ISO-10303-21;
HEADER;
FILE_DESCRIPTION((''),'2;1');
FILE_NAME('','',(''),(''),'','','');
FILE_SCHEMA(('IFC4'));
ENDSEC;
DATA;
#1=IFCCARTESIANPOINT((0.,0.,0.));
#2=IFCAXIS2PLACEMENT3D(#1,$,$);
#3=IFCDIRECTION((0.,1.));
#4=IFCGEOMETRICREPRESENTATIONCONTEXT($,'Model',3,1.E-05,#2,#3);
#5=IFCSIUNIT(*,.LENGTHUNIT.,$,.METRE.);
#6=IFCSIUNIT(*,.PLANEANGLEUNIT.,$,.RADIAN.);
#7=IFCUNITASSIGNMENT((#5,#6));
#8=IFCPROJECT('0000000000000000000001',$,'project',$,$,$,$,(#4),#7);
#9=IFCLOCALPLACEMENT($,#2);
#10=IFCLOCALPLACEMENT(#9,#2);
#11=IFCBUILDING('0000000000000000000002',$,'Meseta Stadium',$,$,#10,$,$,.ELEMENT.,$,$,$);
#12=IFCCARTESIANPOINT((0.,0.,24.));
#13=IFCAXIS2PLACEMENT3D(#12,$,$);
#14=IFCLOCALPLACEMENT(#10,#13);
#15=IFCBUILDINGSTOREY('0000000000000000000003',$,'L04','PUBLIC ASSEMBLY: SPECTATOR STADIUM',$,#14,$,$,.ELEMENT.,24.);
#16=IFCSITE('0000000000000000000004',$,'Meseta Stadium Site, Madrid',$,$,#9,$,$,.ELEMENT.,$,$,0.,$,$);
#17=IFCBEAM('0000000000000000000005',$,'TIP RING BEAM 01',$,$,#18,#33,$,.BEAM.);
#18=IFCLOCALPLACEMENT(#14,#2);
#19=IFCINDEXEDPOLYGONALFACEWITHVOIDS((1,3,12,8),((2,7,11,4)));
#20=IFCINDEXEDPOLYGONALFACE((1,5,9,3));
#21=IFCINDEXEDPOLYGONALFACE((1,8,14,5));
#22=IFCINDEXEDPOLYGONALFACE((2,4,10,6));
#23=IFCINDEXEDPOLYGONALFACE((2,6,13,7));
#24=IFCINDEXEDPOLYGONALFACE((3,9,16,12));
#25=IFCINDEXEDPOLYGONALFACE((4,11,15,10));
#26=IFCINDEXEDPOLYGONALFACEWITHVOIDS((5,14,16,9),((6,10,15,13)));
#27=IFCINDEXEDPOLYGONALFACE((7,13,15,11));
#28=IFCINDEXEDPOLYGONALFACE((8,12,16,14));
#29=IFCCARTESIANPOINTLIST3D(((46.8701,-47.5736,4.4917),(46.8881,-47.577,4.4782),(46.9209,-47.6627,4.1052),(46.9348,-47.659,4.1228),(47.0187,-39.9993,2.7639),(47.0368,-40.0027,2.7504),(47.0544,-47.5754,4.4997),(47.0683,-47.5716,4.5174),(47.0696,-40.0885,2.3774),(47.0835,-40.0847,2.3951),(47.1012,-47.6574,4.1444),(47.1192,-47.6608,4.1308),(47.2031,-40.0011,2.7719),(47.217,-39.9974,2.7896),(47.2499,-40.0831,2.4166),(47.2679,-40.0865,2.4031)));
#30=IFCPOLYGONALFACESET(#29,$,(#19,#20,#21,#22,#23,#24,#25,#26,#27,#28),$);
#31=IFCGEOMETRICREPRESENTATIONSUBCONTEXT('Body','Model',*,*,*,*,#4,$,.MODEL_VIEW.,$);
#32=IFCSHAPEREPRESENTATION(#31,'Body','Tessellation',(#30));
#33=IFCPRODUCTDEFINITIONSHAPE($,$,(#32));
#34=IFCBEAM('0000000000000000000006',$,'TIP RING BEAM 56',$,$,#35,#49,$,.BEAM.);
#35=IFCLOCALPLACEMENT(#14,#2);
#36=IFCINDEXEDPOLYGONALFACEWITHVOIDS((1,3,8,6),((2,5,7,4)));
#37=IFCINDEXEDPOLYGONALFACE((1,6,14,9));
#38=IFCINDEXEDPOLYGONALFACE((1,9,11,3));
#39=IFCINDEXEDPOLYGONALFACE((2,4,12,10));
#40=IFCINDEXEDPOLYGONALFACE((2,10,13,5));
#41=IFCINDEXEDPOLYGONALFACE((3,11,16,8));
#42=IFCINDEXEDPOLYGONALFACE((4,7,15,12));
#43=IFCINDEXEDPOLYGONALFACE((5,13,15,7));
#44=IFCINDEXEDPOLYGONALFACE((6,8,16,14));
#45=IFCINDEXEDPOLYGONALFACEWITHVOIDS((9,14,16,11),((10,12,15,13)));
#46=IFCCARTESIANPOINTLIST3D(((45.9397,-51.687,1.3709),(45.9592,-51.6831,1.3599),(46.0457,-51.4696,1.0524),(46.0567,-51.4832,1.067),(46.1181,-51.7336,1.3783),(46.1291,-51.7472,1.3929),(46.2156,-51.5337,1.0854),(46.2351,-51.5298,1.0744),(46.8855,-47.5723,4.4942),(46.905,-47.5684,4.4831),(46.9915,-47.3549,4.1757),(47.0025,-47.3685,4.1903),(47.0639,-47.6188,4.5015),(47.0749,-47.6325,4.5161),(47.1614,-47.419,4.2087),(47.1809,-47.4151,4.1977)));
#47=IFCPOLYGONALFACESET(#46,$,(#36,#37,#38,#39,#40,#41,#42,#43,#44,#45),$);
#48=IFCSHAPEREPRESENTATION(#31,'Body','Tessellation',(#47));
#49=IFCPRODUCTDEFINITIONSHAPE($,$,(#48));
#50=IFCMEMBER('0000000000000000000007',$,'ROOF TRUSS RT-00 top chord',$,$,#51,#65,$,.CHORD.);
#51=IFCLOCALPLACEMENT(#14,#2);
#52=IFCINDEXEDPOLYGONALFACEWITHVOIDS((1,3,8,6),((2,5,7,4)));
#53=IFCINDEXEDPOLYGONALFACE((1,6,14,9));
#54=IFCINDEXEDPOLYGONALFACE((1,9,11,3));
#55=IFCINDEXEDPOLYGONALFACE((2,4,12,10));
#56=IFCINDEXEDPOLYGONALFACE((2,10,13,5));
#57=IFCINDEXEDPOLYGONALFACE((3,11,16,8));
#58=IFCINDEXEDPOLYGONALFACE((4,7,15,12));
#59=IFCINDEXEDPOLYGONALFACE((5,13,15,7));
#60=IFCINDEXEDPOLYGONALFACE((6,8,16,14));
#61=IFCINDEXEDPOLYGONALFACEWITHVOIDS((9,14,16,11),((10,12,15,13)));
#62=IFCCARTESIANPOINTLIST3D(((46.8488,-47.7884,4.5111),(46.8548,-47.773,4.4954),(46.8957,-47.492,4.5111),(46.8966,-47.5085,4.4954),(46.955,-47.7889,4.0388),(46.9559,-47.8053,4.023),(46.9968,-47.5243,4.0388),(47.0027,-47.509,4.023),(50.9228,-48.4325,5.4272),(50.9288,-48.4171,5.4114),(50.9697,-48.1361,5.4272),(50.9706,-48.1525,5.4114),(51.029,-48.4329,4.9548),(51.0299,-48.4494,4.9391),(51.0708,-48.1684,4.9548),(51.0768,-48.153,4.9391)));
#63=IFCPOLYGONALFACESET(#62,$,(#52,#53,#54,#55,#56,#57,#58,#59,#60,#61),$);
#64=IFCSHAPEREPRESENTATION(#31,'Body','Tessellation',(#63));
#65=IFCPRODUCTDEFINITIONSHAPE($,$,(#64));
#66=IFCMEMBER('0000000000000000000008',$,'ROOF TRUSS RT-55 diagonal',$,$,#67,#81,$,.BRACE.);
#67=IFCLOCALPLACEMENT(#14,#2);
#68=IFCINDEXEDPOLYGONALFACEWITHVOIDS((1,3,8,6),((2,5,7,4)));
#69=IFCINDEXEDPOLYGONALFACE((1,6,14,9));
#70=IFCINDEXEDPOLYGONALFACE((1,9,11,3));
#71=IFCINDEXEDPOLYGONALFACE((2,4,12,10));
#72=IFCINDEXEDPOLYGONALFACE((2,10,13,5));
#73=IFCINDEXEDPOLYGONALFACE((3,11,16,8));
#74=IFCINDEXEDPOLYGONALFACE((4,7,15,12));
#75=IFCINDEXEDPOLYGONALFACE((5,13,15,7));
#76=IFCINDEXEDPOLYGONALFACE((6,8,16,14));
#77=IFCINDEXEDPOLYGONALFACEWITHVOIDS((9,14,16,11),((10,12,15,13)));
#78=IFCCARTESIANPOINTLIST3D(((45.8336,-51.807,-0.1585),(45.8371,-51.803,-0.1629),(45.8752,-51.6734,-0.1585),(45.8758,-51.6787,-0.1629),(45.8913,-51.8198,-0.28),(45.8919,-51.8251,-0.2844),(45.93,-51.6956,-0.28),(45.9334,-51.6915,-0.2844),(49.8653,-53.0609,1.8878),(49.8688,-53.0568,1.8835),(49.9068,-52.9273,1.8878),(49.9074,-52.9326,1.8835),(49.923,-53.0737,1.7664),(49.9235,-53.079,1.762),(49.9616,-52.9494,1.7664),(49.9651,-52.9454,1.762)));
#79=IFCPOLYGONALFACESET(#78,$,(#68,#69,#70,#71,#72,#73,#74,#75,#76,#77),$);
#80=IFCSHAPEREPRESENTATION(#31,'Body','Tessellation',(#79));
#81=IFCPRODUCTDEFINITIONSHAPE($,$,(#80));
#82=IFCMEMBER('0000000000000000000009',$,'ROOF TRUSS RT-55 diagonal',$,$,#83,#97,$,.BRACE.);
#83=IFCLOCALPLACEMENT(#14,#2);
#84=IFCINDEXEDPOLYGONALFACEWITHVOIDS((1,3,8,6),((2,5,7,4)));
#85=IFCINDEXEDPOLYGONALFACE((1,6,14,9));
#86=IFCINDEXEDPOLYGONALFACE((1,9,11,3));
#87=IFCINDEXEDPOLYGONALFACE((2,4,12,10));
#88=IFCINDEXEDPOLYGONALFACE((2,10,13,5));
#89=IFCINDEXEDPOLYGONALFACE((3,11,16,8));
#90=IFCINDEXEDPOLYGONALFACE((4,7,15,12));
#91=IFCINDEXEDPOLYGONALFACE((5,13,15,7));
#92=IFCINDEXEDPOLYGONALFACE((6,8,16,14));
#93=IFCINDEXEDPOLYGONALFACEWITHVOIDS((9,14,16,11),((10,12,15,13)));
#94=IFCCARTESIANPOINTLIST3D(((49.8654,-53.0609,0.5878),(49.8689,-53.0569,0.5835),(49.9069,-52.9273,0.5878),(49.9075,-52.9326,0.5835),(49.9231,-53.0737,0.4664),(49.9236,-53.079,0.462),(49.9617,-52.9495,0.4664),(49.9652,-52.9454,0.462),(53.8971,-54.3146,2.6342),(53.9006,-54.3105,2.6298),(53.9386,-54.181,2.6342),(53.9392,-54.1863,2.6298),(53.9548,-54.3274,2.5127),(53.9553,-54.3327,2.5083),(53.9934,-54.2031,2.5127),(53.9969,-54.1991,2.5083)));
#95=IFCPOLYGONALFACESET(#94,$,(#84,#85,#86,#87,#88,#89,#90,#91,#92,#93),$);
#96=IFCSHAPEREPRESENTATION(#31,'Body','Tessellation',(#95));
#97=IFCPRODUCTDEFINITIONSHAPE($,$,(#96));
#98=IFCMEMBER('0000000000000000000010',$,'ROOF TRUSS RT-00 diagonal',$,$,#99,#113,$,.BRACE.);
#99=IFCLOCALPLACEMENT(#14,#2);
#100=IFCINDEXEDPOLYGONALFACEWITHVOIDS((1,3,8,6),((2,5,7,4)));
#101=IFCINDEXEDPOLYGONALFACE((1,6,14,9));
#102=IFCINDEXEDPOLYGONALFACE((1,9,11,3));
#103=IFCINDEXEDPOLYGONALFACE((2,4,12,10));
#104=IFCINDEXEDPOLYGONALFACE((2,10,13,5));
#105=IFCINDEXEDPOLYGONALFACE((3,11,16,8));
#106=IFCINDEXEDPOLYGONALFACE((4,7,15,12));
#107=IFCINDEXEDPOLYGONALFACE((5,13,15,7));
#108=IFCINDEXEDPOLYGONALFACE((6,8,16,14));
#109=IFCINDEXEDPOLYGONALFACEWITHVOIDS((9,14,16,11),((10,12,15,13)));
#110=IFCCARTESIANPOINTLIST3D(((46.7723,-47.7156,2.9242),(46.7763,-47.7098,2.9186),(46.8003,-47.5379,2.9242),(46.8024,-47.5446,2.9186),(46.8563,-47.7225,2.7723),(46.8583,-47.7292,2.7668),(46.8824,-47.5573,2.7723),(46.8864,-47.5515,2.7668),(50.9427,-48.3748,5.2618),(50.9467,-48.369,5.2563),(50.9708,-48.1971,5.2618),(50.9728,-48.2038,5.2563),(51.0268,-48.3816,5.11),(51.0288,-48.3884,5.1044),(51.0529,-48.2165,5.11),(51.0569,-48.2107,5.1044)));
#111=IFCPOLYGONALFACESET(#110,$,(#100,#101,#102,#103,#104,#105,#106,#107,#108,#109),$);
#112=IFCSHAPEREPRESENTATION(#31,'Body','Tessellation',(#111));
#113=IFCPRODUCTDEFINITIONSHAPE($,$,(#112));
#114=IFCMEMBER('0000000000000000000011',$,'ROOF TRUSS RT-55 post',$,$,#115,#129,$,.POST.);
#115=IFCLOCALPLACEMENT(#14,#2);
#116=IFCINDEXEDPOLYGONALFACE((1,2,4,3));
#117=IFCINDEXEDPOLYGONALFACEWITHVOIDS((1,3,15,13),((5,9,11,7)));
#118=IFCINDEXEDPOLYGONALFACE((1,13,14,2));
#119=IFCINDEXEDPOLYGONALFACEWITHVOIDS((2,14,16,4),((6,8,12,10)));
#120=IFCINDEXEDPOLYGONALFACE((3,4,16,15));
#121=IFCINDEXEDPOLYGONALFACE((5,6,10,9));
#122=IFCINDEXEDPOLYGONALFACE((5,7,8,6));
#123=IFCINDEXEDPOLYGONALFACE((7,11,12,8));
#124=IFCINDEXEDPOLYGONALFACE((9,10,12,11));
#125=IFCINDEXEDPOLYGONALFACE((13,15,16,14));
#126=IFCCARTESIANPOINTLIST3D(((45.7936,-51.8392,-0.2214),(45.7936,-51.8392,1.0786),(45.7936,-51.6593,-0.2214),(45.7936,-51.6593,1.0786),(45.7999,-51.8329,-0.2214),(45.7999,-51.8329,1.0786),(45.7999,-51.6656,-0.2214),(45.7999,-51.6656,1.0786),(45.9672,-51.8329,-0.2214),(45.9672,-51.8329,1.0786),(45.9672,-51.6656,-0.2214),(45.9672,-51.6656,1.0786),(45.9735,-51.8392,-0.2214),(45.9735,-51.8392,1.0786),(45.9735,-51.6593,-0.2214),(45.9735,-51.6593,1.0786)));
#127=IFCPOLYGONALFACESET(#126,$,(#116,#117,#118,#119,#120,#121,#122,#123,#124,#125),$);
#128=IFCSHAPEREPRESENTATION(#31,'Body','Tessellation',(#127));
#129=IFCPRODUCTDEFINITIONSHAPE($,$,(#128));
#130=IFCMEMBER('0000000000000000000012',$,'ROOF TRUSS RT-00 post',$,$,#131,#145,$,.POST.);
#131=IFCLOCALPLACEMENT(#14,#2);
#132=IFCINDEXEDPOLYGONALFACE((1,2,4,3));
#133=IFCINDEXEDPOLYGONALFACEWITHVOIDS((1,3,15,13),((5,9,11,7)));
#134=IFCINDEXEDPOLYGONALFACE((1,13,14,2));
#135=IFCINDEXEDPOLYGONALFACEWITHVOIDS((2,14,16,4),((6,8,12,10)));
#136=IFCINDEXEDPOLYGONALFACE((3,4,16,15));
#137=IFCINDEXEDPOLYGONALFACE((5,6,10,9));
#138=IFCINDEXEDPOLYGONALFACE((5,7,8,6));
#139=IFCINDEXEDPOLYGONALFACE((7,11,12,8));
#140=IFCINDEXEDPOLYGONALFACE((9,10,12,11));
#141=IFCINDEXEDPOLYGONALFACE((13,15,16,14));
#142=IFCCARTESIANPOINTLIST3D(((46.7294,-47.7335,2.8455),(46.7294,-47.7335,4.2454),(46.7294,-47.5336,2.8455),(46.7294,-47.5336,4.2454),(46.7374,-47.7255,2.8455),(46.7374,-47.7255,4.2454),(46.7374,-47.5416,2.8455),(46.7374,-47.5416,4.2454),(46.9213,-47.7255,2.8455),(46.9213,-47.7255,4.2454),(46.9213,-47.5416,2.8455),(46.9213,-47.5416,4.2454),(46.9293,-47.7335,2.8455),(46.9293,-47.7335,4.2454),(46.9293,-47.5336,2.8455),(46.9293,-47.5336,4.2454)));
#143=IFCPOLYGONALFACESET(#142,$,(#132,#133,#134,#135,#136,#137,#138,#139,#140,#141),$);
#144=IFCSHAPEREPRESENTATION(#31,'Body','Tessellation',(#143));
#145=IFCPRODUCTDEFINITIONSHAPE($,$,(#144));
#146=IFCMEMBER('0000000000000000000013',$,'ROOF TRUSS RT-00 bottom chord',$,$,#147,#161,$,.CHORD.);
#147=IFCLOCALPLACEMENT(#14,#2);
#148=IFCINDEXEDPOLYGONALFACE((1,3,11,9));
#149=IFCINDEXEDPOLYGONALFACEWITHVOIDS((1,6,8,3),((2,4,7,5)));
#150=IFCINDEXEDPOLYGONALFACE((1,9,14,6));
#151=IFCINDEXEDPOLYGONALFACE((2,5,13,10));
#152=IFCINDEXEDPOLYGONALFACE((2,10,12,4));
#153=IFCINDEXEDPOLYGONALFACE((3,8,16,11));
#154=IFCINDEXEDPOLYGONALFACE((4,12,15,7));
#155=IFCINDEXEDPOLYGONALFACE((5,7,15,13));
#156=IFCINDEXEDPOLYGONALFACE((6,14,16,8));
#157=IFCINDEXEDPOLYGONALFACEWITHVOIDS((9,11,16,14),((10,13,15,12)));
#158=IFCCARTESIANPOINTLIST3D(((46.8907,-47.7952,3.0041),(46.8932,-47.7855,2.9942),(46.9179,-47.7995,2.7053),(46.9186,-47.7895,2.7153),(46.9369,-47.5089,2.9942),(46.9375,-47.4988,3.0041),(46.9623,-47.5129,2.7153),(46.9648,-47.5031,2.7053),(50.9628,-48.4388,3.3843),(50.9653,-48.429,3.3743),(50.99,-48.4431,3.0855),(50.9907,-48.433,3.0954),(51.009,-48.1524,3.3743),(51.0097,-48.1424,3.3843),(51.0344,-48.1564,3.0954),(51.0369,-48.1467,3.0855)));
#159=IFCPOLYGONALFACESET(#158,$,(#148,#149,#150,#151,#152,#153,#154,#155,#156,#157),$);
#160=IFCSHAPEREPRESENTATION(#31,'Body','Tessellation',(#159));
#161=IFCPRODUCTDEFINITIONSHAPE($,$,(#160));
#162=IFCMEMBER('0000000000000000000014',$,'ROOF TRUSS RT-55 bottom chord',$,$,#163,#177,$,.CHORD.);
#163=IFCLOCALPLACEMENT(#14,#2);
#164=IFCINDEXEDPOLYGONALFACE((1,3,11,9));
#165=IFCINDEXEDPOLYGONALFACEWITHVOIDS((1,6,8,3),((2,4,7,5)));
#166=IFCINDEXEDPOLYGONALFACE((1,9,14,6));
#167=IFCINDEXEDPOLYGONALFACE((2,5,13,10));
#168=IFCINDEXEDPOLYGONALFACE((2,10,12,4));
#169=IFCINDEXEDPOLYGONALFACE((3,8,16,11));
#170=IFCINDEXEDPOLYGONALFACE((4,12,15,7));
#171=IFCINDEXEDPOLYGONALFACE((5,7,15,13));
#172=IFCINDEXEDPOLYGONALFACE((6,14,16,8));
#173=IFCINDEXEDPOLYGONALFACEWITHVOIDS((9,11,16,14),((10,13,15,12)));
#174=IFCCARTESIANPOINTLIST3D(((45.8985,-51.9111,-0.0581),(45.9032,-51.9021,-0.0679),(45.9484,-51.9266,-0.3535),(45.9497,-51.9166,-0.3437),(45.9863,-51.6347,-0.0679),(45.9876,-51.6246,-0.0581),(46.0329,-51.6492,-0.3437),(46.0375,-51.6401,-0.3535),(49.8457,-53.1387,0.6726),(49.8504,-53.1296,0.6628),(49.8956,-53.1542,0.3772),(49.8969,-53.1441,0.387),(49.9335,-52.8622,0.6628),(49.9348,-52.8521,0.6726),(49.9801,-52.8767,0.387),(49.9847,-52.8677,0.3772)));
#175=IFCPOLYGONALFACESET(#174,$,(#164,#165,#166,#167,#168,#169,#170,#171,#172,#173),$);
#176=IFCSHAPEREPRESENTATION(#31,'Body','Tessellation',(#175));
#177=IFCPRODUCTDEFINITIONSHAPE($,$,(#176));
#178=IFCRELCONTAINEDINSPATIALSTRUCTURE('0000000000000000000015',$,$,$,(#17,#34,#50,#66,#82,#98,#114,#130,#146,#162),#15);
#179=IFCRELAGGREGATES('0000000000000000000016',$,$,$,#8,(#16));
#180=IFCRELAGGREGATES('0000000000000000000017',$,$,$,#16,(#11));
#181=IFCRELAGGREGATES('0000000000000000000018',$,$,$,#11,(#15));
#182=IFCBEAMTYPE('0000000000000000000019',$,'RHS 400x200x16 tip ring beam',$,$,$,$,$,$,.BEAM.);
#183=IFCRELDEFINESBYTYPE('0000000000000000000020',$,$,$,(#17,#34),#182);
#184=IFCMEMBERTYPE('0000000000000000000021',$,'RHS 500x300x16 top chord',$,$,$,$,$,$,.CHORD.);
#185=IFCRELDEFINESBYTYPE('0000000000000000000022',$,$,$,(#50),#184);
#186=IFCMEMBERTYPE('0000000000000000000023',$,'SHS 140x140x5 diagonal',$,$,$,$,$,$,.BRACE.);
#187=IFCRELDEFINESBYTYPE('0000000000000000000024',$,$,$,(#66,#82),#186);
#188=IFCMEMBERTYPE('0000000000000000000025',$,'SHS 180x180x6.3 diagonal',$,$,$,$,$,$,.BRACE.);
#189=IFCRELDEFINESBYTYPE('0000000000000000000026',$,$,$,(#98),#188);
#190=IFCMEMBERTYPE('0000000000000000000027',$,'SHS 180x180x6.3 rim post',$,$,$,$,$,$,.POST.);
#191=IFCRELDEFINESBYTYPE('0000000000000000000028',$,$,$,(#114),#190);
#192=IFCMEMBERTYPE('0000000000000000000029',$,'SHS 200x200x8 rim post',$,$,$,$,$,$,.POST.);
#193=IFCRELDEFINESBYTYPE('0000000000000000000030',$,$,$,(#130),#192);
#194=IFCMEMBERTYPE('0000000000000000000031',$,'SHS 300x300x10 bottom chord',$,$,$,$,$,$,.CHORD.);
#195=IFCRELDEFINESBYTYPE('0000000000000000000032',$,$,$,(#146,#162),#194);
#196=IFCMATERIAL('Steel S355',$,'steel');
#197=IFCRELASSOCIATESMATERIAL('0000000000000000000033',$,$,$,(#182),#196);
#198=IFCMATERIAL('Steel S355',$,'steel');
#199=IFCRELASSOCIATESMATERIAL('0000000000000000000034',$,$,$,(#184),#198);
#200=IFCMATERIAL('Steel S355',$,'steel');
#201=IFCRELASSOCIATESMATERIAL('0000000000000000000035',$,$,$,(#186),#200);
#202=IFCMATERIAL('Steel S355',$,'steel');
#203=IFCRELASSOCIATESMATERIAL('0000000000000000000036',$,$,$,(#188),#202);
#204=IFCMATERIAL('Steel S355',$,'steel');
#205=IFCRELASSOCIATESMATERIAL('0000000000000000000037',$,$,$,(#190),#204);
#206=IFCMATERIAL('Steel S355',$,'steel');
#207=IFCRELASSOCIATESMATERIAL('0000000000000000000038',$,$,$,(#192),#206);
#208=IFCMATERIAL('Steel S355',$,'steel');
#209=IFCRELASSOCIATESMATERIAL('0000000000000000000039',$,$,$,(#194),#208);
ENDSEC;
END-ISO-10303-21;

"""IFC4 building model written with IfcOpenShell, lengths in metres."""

from ifc_helpers import new_model, si_unit, direction, frame, origin, origin_2d, place, context, subcontext, project, spatial, hollow_rectangle, extrude, material, material_profile, profile_set, type_object, element, save


model = new_model("IFC4")

# Units and contexts
model_context = context("Model", 3, precision=1e-05, world=origin(), true_north=direction((0.0, 1.0)))
body_context = subcontext(model_context, "Body", "Model", "MODEL_VIEW")
ifc_project = project(units=[si_unit("LENGTHUNIT", "METRE"), si_unit("PLANEANGLEUNIT", "RADIAN")], contexts=[model_context])

# Site, building, storey
site_placement = place(None, origin())
site = spatial("IfcSite", under=ifc_project, at=site_placement, Name="Meseta Stadium Site, Madrid", CompositionType="ELEMENT", RefElevation=0.0)
building_placement = place(site_placement, origin())
building = spatial("IfcBuilding", under=site, at=building_placement, Name="Meseta Stadium", CompositionType="ELEMENT")
storey_placement = place(building_placement, frame((0.0, 0.0, 24.0)))
storey = spatial("IfcBuildingStorey", under=building, at=storey_placement, Name="L04", Description="PUBLIC ASSEMBLY: SPECTATOR STADIUM", CompositionType="ELEMENT", Elevation=24.0)

# Beams
ifc_material_1 = material(Name="Steel S355", Category="steel")
ifc_material_profile_1 = material_profile(ifc_material_1, hollow_rectangle(XDim=0.2, YDim=0.3999, WallThickness=0.0161, at=origin_2d()), Name="RHS 400x200x16")
ifc_profile_set_1 = profile_set([ifc_material_profile_1], Name="Steel S355")
beam_type = type_object("IfcBeamType", Name="RHS 400x200x16 tip ring beam", PredefinedType="BEAM", material=ifc_profile_set_1)
beam_1_placement = place(storey_placement, frame((46.9946, -47.6172, 4.3113), z_axis=(0.019135, 0.974777, -0.22236), x_axis=(-0.991697, -0.009782, -0.128222)))
element("IfcBeam", 1, at=beam_1_placement, inside=storey, type_object=beam_type, Name="TIP RING BEAM 01", PredefinedType="BEAM", context=body_context, shape_type="SweptSolid", body=[
    extrude(hollow_rectangle(XDim=0.2, YDim=0.3999, WallThickness=0.0161, at=origin_2d()), origin(), (0.0, 0.0, 1.0), 7.7703),
])
beam_2_placement = place(storey_placement, frame((46.0874, -51.6084, 1.2227), z_axis=(0.180093, 0.783504, 0.594717), x_axis=(-0.94729, 0.30101, -0.109702)))
element("IfcBeam", 2, at=beam_2_placement, inside=storey, type_object=beam_type, Name="TIP RING BEAM 56", PredefinedType="BEAM", context=body_context, shape_type="SweptSolid", body=[
    extrude(hollow_rectangle(XDim=0.2, YDim=0.3999, WallThickness=0.0161, at=origin_2d()), origin(), (0.0, 0.0, 1.0), 5.2517),
])

# Members
ifc_material_2 = material(Name="Steel S355", Category="steel")
ifc_material_profile_2 = material_profile(ifc_material_2, hollow_rectangle(XDim=0.3, YDim=0.5, WallThickness=0.0161, at=origin_2d()), Name="RHS 500x300x16")
ifc_profile_set_2 = profile_set([ifc_material_profile_2], Name="Steel S355")
member_type_1 = type_object("IfcMemberType", Name="RHS 500x300x16 top chord", PredefinedType="CHORD", material=ifc_profile_set_2)
member_1_placement = place(storey_placement, frame((46.9258, -47.6487, 4.2671), z_axis=(0.96424, -0.152434, 0.216805), x_axis=(0.156148, 0.987734, 0.0)))
element("IfcMember", 3, at=member_1_placement, inside=storey, type_object=member_type_1, Name="ROOF TRUSS RT-00 top chord", PredefinedType="CHORD", context=body_context, shape_type="SweptSolid", body=[
    extrude(hollow_rectangle(XDim=0.3, YDim=0.5, WallThickness=0.0161, at=origin_2d()), origin(), (0.0, 0.0, 1.0), 4.2251),
])
ifc_material_3 = material(Name="Steel S355", Category="steel")
ifc_material_profile_3 = material_profile(ifc_material_3, hollow_rectangle(XDim=0.1399, YDim=0.1399, WallThickness=0.0049, at=origin_2d()), Name="SHS 140x140x5")
ifc_profile_set_3 = profile_set([ifc_material_profile_3], Name="Steel S355")
member_type_2 = type_object("IfcMemberType", Name="SHS 140x140x5 diagonal", PredefinedType="BRACE", material=ifc_profile_set_3)
for number, where, z_axis, x_axis, name in (
    (4, (45.8835, -51.7493, -0.2214), (0.859279, -0.267243, 0.436144), (0.296978, 0.954884, 0.0), "ROOF TRUSS RT-55 diagonal"),
    (5, (49.9153, -53.0032, 0.5249), (0.859291, -0.267195, 0.43615), (0.296925, 0.954901, 0.0), "ROOF TRUSS RT-55 diagonal"),
):
    element("IfcMember", number, at=place(storey_placement, frame(where, z_axis=z_axis, x_axis=x_axis)), inside=storey, type_object=member_type_2, Name=name, PredefinedType="BRACE", context=body_context, shape_type="SweptSolid", body=[
        extrude(hollow_rectangle(XDim=0.1399, YDim=0.1399, WallThickness=0.0049, at=origin_2d()), origin(), (0.0, 0.0, 1.0), 4.6919),
    ])
ifc_material_4 = material(Name="Steel S355", Category="steel")
ifc_material_profile_4 = material_profile(ifc_material_4, hollow_rectangle(XDim=0.1799, YDim=0.1799, WallThickness=0.0063, at=origin_2d()), Name="SHS 180x180x6.3")
ifc_profile_set_4 = profile_set([ifc_material_profile_4], Name="Steel S355")
member_type_3 = type_object("IfcMemberType", Name="SHS 180x180x6.3 diagonal", PredefinedType="BRACE", material=ifc_profile_set_4)
member_2_placement = place(storey_placement, frame((46.8293, -47.6335, 2.8455), z_axis=(0.864133, -0.136586, 0.484374), x_axis=(0.156123, 0.987738, 0.0)))
element("IfcMember", 6, at=member_2_placement, inside=storey, type_object=member_type_3, Name="ROOF TRUSS RT-00 diagonal", PredefinedType="BRACE", context=body_context, shape_type="SweptSolid", body=[
    extrude(hollow_rectangle(XDim=0.1799, YDim=0.1799, WallThickness=0.0063, at=origin_2d()), origin(), (0.0, 0.0, 1.0), 4.8262),
])
ifc_material_5 = material(Name="Steel S355", Category="steel")
ifc_material_profile_5 = material_profile(ifc_material_5, hollow_rectangle(XDim=0.1799, YDim=0.1799, WallThickness=0.0063, at=origin_2d()), Name="SHS 180x180x6.3")
ifc_profile_set_5 = profile_set([ifc_material_profile_5], Name="Steel S355")
member_type_4 = type_object("IfcMemberType", Name="SHS 180x180x6.3 rim post", PredefinedType="POST", material=ifc_profile_set_5)
member_3_placement = place(storey_placement, frame((45.8835, -51.7493, -0.2214), z_axis=(0.0, 0.0, 1.0), x_axis=(1.0, 0.0, 0.0)))
element("IfcMember", 7, at=member_3_placement, inside=storey, type_object=member_type_4, Name="ROOF TRUSS RT-55 post", PredefinedType="POST", context=body_context, shape_type="SweptSolid", body=[
    extrude(hollow_rectangle(XDim=0.1799, YDim=0.1799, WallThickness=0.0063, at=origin_2d()), origin(), (0.0, 0.0, 1.0), 1.3),
])
ifc_material_6 = material(Name="Steel S355", Category="steel")
ifc_material_profile_6 = material_profile(ifc_material_6, hollow_rectangle(XDim=0.2, YDim=0.2, WallThickness=0.0081, at=origin_2d()), Name="SHS 200x200x8")
ifc_profile_set_6 = profile_set([ifc_material_profile_6], Name="Steel S355")
member_type_5 = type_object("IfcMemberType", Name="SHS 200x200x8 rim post", PredefinedType="POST", material=ifc_profile_set_6)
member_4_placement = place(storey_placement, frame((46.8293, -47.6335, 2.8455), z_axis=(0.0, 0.0, 1.0), x_axis=(1.0, 0.0, 0.0)))
element("IfcMember", 8, at=member_4_placement, inside=storey, type_object=member_type_5, Name="ROOF TRUSS RT-00 post", PredefinedType="POST", context=body_context, shape_type="SweptSolid", body=[
    extrude(hollow_rectangle(XDim=0.2, YDim=0.2, WallThickness=0.0081, at=origin_2d()), origin(), (0.0, 0.0, 1.0), 1.3999),
])
ifc_material_7 = material(Name="Steel S355", Category="steel")
ifc_material_profile_7 = material_profile(ifc_material_7, hollow_rectangle(XDim=0.3, YDim=0.3, WallThickness=0.01, at=origin_2d()), Name="SHS 300x300x10")
ifc_profile_set_7 = profile_set([ifc_material_profile_7], Name="Steel S355")
member_type_6 = type_object("IfcMemberType", Name="SHS 300x300x10 bottom chord", PredefinedType="CHORD", material=ifc_profile_set_7)
member_5_placement = place(storey_placement, frame((46.9277, -47.6492, 2.8547), z_axis=(0.983568, -0.155446, 0.091817), x_axis=(0.156106, 0.98774, 0.0)))
element("IfcMember", 9, at=member_5_placement, inside=storey, type_object=member_type_6, Name="ROOF TRUSS RT-00 bottom chord", PredefinedType="CHORD", context=body_context, shape_type="SweptSolid", body=[
    extrude(hollow_rectangle(XDim=0.3, YDim=0.3, WallThickness=0.01, at=origin_2d()), origin(), (0.0, 0.0, 1.0), 4.1401),
])
member_6_placement = place(storey_placement, frame((45.968, -51.7756, -0.2058), z_axis=(0.940313, -0.292423, 0.17407), x_axis=(0.296956, 0.954891, 0.0)))
element("IfcMember", 10, at=member_6_placement, inside=storey, type_object=member_type_6, Name="ROOF TRUSS RT-55 bottom chord", PredefinedType="CHORD", context=body_context, shape_type="SweptSolid", body=[
    extrude(hollow_rectangle(XDim=0.3, YDim=0.3, WallThickness=0.01, at=origin_2d()), origin(), (0.0, 0.0, 1.0), 4.1978),
])

save(model, "model.ifc")
